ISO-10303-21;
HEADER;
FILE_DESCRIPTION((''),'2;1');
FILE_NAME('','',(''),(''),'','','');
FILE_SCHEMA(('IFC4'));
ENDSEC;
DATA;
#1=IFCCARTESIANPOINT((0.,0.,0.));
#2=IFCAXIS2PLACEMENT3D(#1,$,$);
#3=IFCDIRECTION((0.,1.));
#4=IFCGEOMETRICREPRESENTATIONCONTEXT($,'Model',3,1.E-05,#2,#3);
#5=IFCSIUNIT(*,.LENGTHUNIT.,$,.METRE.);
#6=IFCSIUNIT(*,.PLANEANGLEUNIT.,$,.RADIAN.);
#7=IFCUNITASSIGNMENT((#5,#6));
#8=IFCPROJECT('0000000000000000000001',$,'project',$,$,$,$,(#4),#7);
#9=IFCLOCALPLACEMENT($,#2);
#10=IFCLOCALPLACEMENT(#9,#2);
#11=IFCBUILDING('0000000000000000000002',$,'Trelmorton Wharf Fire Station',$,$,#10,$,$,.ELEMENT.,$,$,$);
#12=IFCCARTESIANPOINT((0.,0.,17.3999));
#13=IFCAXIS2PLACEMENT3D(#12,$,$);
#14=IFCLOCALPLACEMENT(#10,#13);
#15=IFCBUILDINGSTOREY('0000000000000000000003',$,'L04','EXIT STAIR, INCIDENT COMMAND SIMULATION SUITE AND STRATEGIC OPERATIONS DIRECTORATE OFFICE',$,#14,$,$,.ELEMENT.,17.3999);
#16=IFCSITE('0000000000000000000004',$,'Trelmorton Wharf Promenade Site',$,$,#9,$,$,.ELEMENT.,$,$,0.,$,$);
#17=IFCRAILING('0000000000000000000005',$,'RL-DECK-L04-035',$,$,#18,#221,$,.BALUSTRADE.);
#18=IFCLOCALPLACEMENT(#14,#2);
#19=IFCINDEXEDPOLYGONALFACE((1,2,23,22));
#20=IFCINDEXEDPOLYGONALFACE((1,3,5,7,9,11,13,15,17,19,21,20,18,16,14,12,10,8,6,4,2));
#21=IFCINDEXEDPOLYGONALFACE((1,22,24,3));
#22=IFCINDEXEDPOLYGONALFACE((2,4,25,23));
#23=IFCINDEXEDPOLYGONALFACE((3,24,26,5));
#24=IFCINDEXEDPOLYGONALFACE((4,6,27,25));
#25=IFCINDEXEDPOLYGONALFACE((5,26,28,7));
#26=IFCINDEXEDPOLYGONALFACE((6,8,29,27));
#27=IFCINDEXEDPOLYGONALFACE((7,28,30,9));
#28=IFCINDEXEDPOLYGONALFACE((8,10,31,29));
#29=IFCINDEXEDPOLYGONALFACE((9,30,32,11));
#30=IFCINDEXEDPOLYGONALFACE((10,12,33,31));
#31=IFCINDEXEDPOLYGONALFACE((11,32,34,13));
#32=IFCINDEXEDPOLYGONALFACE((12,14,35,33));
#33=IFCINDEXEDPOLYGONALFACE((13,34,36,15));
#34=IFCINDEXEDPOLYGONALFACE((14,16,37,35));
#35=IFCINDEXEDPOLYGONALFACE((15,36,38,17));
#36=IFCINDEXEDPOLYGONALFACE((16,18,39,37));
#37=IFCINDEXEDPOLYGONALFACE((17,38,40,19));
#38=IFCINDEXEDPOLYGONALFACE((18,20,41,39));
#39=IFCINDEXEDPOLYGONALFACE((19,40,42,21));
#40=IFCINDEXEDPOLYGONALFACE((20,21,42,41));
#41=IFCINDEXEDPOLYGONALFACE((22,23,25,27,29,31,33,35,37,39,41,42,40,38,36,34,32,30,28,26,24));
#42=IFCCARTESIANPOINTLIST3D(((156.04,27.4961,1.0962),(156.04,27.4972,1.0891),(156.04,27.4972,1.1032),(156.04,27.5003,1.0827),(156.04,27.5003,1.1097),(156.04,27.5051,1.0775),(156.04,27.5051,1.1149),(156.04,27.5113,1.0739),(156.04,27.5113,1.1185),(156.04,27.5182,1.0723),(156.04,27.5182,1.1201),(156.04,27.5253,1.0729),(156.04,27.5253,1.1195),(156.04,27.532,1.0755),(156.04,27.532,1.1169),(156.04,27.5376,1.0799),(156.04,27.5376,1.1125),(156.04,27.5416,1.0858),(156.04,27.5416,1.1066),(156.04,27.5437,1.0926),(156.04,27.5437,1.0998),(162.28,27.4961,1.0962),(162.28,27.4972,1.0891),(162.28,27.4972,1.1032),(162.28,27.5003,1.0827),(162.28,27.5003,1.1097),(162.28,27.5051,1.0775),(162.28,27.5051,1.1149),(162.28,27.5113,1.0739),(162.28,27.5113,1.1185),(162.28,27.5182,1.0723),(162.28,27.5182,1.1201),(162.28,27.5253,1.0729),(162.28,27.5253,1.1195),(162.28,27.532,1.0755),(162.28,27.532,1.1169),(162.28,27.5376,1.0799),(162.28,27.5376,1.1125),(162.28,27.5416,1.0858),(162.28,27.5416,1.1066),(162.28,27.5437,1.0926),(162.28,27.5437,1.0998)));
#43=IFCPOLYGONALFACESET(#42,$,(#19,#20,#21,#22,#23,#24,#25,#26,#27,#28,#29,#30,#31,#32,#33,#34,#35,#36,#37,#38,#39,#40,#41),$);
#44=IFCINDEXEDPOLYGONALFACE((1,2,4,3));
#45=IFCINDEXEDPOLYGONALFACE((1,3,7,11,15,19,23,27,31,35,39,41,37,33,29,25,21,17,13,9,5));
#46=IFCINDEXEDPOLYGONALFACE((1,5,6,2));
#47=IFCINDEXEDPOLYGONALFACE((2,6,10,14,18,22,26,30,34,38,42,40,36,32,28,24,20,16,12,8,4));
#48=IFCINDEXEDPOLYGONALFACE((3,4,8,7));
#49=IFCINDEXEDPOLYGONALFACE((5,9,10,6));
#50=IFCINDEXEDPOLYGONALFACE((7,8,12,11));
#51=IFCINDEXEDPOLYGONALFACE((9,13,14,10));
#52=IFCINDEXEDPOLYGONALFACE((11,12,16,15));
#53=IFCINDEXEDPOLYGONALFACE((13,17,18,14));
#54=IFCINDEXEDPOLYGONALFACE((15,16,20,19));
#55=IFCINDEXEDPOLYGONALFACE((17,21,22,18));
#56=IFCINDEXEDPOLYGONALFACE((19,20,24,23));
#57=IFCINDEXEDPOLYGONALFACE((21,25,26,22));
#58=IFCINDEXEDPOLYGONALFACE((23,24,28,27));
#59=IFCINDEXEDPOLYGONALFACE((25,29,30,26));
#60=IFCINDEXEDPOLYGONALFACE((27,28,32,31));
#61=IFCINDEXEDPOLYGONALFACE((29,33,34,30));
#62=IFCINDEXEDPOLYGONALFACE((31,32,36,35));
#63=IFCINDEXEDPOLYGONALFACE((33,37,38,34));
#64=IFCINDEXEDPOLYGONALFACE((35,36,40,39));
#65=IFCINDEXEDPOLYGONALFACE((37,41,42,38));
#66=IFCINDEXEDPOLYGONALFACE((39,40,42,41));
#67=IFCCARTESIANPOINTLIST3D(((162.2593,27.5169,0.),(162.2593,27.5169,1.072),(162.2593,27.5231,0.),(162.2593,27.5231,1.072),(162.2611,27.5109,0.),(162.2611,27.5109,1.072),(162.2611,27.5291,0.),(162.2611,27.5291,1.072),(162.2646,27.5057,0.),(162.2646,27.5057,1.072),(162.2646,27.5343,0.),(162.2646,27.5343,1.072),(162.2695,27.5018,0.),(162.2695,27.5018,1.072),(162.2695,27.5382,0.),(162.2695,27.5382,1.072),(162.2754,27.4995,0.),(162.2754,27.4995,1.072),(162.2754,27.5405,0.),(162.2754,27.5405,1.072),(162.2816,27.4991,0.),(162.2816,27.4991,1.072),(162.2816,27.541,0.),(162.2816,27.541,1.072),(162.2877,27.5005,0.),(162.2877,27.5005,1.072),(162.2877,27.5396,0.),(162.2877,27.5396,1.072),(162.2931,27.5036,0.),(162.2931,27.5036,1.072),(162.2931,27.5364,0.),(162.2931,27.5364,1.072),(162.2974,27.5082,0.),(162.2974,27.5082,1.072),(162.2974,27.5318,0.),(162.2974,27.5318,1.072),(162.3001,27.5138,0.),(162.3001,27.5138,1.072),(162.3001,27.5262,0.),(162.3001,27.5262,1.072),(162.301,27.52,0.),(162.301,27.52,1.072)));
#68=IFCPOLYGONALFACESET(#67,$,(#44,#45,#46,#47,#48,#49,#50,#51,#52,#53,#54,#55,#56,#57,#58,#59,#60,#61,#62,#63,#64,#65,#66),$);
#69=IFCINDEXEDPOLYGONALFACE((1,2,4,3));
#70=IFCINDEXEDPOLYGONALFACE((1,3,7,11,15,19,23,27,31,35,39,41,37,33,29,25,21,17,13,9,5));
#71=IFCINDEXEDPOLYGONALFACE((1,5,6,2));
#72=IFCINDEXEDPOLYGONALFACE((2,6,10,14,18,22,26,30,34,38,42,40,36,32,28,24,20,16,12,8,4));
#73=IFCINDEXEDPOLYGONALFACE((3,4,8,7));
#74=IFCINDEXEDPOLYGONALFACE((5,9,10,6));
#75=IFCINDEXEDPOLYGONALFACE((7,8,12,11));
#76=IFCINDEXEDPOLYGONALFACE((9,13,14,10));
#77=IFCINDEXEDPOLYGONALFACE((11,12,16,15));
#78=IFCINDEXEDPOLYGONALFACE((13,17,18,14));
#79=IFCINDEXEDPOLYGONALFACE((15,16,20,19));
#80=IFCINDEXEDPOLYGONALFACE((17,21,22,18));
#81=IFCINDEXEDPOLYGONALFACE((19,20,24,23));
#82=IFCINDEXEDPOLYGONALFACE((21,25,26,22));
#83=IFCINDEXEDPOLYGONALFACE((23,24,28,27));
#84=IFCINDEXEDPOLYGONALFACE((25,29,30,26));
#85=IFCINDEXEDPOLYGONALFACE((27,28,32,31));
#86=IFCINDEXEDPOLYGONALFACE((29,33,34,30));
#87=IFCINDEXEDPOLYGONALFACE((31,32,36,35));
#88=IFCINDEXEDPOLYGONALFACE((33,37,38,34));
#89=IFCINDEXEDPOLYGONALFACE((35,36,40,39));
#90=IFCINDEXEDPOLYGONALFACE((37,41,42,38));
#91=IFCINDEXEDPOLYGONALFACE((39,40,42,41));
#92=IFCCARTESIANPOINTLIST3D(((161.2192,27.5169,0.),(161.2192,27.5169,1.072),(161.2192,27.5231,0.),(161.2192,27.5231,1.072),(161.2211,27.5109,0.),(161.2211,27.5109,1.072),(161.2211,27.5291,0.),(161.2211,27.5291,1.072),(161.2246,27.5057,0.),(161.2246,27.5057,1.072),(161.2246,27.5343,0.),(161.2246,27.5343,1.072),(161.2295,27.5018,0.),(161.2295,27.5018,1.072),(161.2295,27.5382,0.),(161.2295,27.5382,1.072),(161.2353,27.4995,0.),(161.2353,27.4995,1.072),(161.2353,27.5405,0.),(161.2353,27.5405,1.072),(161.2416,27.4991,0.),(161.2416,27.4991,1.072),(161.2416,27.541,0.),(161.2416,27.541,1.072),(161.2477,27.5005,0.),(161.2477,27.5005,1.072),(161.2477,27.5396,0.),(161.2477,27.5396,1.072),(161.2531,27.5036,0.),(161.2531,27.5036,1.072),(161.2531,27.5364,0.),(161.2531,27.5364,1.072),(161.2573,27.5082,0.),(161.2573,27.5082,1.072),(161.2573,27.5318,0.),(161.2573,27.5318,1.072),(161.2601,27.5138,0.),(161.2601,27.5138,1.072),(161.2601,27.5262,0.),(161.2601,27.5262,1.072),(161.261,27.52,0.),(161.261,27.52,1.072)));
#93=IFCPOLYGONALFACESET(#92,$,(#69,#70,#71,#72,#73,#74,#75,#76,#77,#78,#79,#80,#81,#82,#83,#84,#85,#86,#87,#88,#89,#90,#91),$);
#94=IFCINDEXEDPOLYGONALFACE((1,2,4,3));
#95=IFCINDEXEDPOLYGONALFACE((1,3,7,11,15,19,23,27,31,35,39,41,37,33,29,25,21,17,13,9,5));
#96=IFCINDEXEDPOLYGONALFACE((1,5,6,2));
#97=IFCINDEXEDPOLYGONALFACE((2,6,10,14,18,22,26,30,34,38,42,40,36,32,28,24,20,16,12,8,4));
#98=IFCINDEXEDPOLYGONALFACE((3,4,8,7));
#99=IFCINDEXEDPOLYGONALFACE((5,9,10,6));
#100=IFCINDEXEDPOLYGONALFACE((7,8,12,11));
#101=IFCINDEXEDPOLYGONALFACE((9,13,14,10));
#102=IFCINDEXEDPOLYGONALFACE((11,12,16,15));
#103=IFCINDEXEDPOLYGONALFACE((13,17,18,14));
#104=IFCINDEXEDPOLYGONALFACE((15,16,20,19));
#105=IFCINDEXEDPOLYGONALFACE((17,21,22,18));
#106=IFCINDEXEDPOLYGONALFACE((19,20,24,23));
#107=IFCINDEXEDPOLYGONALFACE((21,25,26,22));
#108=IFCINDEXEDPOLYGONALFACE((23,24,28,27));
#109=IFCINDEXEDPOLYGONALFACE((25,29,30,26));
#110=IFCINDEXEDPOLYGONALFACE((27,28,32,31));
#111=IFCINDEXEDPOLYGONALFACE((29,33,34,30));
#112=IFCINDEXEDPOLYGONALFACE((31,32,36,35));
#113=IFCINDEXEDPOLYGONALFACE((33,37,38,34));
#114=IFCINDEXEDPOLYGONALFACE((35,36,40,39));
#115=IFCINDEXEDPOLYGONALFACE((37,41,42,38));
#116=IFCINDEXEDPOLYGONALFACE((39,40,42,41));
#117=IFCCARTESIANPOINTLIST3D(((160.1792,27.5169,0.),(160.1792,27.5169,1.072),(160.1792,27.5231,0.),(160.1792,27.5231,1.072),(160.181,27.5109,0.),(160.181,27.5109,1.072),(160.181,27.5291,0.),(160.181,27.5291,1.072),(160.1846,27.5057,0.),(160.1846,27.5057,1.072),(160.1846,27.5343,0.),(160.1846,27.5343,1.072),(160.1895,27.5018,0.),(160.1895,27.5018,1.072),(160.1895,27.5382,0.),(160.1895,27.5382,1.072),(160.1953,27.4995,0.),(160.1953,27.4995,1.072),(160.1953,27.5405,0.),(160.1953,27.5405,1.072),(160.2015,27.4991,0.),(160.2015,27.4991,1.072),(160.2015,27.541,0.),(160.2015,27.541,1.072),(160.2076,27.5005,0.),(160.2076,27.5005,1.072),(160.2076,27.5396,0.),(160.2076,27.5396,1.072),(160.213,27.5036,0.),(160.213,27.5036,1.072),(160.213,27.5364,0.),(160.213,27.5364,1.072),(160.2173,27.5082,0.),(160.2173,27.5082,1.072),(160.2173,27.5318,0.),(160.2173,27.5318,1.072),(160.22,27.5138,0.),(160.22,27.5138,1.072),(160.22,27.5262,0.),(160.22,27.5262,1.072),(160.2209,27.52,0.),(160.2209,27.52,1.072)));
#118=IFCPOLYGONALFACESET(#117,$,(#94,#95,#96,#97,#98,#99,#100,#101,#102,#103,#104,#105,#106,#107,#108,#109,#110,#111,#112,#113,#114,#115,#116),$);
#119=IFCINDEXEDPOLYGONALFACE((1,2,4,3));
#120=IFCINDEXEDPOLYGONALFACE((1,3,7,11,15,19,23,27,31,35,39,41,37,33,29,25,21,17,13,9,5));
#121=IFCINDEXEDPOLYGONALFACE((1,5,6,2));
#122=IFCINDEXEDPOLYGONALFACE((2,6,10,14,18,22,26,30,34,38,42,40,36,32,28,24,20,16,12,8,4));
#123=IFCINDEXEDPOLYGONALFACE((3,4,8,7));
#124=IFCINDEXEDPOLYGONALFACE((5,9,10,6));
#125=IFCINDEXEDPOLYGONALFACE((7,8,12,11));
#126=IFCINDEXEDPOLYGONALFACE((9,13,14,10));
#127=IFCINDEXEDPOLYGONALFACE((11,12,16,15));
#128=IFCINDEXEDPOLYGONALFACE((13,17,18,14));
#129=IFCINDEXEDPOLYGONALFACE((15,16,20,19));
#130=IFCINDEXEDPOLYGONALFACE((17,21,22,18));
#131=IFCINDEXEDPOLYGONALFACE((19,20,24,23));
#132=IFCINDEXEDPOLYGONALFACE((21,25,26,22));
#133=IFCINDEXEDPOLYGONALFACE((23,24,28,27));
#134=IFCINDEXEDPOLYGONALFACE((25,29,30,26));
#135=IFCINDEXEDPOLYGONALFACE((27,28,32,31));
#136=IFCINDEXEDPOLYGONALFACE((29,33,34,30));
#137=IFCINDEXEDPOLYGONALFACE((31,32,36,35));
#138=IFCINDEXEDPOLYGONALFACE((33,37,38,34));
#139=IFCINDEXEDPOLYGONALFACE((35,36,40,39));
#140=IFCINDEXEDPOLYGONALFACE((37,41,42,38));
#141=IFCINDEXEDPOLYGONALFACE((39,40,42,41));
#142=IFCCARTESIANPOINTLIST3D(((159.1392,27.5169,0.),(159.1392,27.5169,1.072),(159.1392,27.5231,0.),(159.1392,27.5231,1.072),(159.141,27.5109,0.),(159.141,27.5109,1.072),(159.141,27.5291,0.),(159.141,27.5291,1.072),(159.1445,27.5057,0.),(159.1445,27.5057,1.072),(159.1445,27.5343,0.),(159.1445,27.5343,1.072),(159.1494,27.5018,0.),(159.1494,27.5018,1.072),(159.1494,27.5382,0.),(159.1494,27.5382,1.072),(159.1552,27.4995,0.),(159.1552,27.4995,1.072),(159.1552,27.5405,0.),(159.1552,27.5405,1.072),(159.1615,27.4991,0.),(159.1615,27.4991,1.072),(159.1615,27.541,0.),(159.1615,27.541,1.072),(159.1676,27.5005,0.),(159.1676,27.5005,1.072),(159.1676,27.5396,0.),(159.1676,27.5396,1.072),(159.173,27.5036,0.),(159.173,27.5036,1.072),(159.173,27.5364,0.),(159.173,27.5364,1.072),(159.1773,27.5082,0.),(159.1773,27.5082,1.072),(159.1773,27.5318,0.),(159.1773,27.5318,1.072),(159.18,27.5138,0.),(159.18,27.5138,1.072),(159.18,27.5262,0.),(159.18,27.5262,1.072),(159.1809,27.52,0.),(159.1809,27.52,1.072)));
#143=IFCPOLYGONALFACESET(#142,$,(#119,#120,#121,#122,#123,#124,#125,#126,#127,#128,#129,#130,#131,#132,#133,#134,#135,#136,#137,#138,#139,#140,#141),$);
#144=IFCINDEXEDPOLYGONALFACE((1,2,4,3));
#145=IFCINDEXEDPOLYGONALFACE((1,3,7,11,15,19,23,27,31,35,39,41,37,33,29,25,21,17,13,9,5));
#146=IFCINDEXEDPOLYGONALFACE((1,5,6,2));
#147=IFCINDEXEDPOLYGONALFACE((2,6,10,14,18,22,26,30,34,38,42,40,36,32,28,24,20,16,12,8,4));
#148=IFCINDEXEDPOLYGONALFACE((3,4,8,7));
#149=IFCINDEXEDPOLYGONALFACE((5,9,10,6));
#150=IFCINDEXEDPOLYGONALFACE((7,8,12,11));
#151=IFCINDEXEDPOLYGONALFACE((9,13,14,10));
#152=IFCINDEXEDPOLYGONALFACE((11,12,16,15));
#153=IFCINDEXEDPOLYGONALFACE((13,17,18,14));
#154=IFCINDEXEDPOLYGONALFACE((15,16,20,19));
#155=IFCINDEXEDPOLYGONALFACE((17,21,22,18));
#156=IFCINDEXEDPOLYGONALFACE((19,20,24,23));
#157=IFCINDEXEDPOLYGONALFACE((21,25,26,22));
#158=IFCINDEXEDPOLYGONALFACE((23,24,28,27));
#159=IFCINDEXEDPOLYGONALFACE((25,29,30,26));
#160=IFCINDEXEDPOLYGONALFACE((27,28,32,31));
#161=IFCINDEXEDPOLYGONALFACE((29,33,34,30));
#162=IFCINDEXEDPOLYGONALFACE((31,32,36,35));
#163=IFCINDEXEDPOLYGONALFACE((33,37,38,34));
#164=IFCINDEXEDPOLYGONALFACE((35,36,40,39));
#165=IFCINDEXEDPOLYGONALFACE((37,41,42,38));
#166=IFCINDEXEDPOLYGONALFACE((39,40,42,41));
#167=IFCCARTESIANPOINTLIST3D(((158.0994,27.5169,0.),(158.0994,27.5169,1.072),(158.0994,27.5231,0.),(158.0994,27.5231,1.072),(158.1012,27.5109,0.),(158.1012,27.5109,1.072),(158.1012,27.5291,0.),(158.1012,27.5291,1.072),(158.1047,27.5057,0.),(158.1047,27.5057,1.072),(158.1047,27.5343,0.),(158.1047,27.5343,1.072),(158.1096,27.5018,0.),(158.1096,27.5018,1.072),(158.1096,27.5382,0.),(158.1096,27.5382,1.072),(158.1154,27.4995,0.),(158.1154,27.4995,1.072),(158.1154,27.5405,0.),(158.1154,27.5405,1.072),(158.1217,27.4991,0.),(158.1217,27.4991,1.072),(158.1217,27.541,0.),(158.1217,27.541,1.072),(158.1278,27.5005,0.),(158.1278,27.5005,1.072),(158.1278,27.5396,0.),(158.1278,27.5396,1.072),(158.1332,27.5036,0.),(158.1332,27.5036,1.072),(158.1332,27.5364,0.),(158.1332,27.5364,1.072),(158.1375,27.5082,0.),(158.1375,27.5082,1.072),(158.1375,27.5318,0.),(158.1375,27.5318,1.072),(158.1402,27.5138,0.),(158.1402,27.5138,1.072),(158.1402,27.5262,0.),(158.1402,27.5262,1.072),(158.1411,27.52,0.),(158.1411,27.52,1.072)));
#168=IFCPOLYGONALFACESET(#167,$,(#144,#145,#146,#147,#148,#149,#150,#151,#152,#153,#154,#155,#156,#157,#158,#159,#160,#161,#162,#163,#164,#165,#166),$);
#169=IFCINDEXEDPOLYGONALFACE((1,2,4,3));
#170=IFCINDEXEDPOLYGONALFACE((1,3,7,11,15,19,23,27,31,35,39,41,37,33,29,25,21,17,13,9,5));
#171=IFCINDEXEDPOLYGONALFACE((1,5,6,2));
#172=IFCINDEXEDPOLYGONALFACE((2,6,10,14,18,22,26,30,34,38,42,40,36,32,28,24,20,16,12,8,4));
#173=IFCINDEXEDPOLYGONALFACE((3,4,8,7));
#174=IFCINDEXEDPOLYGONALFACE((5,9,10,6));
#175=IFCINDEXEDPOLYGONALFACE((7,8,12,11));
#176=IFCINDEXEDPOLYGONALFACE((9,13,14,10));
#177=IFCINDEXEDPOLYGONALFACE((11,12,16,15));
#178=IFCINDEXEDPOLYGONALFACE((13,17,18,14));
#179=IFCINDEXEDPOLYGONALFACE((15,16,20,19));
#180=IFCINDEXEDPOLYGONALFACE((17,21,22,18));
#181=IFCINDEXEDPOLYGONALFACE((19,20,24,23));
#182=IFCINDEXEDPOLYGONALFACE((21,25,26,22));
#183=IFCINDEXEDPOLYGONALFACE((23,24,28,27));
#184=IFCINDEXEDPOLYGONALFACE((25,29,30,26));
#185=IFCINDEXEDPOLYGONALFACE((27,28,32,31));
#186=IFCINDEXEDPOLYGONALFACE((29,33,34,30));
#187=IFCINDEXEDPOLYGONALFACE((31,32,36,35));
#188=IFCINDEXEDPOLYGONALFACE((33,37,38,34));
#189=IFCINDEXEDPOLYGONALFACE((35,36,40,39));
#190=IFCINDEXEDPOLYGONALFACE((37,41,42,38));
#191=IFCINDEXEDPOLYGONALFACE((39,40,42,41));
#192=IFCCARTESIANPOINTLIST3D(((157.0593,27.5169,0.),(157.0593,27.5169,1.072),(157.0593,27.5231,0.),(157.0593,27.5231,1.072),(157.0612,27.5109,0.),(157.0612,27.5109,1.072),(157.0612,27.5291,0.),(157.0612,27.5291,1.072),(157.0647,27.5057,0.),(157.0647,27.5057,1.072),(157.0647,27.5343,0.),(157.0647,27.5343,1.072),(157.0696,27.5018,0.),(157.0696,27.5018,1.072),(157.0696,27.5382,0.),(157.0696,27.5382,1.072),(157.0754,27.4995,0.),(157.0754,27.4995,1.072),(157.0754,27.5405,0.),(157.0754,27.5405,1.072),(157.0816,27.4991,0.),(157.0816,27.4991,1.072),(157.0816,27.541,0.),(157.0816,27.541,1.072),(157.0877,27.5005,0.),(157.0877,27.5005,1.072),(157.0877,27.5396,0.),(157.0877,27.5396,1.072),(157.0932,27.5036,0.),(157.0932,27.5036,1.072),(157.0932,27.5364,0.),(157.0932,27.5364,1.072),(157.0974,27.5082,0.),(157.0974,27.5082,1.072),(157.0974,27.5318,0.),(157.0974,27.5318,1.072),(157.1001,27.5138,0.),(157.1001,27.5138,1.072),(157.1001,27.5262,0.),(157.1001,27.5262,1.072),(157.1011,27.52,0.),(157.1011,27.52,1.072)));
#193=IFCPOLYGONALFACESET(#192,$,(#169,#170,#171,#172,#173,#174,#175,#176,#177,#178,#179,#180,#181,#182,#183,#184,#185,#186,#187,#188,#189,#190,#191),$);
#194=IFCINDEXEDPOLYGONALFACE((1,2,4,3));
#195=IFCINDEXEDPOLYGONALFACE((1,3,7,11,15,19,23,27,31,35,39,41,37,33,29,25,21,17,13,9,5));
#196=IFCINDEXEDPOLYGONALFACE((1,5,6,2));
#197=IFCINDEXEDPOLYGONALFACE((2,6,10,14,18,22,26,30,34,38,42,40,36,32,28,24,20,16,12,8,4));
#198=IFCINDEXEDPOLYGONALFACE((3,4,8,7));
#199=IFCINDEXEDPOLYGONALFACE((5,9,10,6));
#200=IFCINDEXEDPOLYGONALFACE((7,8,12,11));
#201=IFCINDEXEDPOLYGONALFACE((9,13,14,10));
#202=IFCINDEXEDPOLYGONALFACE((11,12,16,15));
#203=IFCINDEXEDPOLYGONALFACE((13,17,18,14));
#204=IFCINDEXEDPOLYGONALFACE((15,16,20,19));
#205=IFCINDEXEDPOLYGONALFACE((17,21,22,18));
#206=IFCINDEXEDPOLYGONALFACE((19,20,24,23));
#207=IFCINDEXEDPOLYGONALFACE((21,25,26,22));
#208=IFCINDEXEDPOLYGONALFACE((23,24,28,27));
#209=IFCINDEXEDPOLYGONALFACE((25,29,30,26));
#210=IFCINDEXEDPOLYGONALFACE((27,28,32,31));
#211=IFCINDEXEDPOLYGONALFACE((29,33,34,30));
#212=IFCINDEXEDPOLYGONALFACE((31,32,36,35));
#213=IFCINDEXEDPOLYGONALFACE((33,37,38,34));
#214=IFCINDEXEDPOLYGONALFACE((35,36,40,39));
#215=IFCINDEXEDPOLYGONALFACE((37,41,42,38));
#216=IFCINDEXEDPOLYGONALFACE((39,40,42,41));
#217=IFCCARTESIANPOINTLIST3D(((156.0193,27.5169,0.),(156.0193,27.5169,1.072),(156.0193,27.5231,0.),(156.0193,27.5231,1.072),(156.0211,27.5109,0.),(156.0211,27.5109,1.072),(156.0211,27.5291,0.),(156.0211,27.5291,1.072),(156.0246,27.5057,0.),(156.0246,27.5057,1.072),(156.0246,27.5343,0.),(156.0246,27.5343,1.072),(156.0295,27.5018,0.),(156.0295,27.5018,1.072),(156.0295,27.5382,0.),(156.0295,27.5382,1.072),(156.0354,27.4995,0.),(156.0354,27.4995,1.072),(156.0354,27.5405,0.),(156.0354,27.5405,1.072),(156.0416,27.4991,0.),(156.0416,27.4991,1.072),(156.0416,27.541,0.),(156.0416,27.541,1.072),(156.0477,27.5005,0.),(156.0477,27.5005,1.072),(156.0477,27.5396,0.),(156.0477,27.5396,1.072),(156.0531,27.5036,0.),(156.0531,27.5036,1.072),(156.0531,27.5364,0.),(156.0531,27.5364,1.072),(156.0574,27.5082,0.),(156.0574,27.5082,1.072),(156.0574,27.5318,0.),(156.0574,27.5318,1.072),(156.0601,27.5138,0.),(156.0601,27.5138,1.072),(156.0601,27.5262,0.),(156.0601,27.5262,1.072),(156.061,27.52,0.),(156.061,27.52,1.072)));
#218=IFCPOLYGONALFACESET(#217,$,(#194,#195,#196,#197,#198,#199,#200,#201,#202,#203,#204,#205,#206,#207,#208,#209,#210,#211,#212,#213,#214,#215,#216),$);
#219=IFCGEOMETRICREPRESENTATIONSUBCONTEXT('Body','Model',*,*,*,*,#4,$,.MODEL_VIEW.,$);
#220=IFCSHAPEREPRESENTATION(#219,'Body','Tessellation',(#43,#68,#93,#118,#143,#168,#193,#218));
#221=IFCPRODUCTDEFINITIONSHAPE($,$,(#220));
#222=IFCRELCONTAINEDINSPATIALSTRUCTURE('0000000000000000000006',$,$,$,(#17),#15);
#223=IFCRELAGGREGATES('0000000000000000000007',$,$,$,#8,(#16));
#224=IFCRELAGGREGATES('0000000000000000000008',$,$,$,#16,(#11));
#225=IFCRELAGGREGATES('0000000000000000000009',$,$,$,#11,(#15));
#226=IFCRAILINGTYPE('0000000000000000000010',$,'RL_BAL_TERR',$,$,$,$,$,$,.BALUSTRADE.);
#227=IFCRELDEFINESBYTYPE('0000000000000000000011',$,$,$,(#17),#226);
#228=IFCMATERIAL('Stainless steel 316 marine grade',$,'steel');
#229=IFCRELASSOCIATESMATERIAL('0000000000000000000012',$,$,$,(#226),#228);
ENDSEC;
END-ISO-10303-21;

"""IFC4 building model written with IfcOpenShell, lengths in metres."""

from ifc_helpers import new_model, si_unit, direction, frame, origin, origin_2d, place, context, subcontext, project, spatial, circle, extrude, material, type_object, element, save


model = new_model("IFC4")

# Units and contexts
model_context = context("Model", 3, precision=1e-05, world=origin(), true_north=direction((0.0, 1.0)))
body_context = subcontext(model_context, "Body", "Model", "MODEL_VIEW")
ifc_project = project(units=[si_unit("LENGTHUNIT", "METRE"), si_unit("PLANEANGLEUNIT", "RADIAN")], contexts=[model_context])

# Site, building, storey
site_placement = place(None, origin())
site = spatial("IfcSite", under=ifc_project, at=site_placement, Name="Trelmorton Wharf Promenade Site", CompositionType="ELEMENT", RefElevation=0.0)
building_placement = place(site_placement, origin())
building = spatial("IfcBuilding", under=site, at=building_placement, Name="Trelmorton Wharf Fire Station", CompositionType="ELEMENT")
storey_placement = place(building_placement, frame((0.0, 0.0, 17.3999)))
storey = spatial("IfcBuildingStorey", under=building, at=storey_placement, Name="L04", Description="EXIT STAIR, INCIDENT COMMAND SIMULATION SUITE AND STRATEGIC OPERATIONS DIRECTORATE OFFICE", CompositionType="ELEMENT", Elevation=17.3999)

# Shared definitions
ifc_material_1 = material(Name="Stainless steel 316 marine grade", Category="steel")

# Railing
railing_type = type_object("IfcRailingType", Name="RL_BAL_TERR", PredefinedType="BALUSTRADE", material=ifc_material_1)
railing_placement = place(storey_placement, frame((162.28, 27.52, 0.0)))
element("IfcRailing", 1, at=railing_placement, inside=storey, type_object=railing_type, Name="RL-DECK-L04-035", PredefinedType="BALUSTRADE", context=body_context, shape_type="SweptSolid", body=[
    extrude(circle(Radius=0.0239, at=origin_2d()), frame((0.0, 0.0, 1.0962), z_axis=(-1.0, 0.0, 0.0), x_axis=(0.0, -1.0, 0.0)), (0.0, 0.0, 1.0), 6.24),
    extrude(circle(Radius=0.021, at=origin_2d()), origin(), (0.0, 0.0, 1.0), 1.072),
    extrude(circle(Radius=0.021, at=origin_2d()), frame((-1.04, 0.0, 0.0)), (0.0, 0.0, 1.0), 1.072),
    extrude(circle(Radius=0.021, at=origin_2d()), frame((-2.0801, 0.0, 0.0)), (0.0, 0.0, 1.0), 1.072),
    extrude(circle(Radius=0.021, at=origin_2d()), frame((-3.1201, 0.0, 0.0)), (0.0, 0.0, 1.0), 1.072),
    extrude(circle(Radius=0.021, at=origin_2d()), frame((-4.1599, 0.0, 0.0)), (0.0, 0.0, 1.0), 1.072),
    extrude(circle(Radius=0.021, at=origin_2d()), frame((-5.2, 0.0, 0.0)), (0.0, 0.0, 1.0), 1.072),
    extrude(circle(Radius=0.021, at=origin_2d()), frame((-6.24, 0.0, 0.0)), (0.0, 0.0, 1.0), 1.072),
])

save(model, "model.ifc")
